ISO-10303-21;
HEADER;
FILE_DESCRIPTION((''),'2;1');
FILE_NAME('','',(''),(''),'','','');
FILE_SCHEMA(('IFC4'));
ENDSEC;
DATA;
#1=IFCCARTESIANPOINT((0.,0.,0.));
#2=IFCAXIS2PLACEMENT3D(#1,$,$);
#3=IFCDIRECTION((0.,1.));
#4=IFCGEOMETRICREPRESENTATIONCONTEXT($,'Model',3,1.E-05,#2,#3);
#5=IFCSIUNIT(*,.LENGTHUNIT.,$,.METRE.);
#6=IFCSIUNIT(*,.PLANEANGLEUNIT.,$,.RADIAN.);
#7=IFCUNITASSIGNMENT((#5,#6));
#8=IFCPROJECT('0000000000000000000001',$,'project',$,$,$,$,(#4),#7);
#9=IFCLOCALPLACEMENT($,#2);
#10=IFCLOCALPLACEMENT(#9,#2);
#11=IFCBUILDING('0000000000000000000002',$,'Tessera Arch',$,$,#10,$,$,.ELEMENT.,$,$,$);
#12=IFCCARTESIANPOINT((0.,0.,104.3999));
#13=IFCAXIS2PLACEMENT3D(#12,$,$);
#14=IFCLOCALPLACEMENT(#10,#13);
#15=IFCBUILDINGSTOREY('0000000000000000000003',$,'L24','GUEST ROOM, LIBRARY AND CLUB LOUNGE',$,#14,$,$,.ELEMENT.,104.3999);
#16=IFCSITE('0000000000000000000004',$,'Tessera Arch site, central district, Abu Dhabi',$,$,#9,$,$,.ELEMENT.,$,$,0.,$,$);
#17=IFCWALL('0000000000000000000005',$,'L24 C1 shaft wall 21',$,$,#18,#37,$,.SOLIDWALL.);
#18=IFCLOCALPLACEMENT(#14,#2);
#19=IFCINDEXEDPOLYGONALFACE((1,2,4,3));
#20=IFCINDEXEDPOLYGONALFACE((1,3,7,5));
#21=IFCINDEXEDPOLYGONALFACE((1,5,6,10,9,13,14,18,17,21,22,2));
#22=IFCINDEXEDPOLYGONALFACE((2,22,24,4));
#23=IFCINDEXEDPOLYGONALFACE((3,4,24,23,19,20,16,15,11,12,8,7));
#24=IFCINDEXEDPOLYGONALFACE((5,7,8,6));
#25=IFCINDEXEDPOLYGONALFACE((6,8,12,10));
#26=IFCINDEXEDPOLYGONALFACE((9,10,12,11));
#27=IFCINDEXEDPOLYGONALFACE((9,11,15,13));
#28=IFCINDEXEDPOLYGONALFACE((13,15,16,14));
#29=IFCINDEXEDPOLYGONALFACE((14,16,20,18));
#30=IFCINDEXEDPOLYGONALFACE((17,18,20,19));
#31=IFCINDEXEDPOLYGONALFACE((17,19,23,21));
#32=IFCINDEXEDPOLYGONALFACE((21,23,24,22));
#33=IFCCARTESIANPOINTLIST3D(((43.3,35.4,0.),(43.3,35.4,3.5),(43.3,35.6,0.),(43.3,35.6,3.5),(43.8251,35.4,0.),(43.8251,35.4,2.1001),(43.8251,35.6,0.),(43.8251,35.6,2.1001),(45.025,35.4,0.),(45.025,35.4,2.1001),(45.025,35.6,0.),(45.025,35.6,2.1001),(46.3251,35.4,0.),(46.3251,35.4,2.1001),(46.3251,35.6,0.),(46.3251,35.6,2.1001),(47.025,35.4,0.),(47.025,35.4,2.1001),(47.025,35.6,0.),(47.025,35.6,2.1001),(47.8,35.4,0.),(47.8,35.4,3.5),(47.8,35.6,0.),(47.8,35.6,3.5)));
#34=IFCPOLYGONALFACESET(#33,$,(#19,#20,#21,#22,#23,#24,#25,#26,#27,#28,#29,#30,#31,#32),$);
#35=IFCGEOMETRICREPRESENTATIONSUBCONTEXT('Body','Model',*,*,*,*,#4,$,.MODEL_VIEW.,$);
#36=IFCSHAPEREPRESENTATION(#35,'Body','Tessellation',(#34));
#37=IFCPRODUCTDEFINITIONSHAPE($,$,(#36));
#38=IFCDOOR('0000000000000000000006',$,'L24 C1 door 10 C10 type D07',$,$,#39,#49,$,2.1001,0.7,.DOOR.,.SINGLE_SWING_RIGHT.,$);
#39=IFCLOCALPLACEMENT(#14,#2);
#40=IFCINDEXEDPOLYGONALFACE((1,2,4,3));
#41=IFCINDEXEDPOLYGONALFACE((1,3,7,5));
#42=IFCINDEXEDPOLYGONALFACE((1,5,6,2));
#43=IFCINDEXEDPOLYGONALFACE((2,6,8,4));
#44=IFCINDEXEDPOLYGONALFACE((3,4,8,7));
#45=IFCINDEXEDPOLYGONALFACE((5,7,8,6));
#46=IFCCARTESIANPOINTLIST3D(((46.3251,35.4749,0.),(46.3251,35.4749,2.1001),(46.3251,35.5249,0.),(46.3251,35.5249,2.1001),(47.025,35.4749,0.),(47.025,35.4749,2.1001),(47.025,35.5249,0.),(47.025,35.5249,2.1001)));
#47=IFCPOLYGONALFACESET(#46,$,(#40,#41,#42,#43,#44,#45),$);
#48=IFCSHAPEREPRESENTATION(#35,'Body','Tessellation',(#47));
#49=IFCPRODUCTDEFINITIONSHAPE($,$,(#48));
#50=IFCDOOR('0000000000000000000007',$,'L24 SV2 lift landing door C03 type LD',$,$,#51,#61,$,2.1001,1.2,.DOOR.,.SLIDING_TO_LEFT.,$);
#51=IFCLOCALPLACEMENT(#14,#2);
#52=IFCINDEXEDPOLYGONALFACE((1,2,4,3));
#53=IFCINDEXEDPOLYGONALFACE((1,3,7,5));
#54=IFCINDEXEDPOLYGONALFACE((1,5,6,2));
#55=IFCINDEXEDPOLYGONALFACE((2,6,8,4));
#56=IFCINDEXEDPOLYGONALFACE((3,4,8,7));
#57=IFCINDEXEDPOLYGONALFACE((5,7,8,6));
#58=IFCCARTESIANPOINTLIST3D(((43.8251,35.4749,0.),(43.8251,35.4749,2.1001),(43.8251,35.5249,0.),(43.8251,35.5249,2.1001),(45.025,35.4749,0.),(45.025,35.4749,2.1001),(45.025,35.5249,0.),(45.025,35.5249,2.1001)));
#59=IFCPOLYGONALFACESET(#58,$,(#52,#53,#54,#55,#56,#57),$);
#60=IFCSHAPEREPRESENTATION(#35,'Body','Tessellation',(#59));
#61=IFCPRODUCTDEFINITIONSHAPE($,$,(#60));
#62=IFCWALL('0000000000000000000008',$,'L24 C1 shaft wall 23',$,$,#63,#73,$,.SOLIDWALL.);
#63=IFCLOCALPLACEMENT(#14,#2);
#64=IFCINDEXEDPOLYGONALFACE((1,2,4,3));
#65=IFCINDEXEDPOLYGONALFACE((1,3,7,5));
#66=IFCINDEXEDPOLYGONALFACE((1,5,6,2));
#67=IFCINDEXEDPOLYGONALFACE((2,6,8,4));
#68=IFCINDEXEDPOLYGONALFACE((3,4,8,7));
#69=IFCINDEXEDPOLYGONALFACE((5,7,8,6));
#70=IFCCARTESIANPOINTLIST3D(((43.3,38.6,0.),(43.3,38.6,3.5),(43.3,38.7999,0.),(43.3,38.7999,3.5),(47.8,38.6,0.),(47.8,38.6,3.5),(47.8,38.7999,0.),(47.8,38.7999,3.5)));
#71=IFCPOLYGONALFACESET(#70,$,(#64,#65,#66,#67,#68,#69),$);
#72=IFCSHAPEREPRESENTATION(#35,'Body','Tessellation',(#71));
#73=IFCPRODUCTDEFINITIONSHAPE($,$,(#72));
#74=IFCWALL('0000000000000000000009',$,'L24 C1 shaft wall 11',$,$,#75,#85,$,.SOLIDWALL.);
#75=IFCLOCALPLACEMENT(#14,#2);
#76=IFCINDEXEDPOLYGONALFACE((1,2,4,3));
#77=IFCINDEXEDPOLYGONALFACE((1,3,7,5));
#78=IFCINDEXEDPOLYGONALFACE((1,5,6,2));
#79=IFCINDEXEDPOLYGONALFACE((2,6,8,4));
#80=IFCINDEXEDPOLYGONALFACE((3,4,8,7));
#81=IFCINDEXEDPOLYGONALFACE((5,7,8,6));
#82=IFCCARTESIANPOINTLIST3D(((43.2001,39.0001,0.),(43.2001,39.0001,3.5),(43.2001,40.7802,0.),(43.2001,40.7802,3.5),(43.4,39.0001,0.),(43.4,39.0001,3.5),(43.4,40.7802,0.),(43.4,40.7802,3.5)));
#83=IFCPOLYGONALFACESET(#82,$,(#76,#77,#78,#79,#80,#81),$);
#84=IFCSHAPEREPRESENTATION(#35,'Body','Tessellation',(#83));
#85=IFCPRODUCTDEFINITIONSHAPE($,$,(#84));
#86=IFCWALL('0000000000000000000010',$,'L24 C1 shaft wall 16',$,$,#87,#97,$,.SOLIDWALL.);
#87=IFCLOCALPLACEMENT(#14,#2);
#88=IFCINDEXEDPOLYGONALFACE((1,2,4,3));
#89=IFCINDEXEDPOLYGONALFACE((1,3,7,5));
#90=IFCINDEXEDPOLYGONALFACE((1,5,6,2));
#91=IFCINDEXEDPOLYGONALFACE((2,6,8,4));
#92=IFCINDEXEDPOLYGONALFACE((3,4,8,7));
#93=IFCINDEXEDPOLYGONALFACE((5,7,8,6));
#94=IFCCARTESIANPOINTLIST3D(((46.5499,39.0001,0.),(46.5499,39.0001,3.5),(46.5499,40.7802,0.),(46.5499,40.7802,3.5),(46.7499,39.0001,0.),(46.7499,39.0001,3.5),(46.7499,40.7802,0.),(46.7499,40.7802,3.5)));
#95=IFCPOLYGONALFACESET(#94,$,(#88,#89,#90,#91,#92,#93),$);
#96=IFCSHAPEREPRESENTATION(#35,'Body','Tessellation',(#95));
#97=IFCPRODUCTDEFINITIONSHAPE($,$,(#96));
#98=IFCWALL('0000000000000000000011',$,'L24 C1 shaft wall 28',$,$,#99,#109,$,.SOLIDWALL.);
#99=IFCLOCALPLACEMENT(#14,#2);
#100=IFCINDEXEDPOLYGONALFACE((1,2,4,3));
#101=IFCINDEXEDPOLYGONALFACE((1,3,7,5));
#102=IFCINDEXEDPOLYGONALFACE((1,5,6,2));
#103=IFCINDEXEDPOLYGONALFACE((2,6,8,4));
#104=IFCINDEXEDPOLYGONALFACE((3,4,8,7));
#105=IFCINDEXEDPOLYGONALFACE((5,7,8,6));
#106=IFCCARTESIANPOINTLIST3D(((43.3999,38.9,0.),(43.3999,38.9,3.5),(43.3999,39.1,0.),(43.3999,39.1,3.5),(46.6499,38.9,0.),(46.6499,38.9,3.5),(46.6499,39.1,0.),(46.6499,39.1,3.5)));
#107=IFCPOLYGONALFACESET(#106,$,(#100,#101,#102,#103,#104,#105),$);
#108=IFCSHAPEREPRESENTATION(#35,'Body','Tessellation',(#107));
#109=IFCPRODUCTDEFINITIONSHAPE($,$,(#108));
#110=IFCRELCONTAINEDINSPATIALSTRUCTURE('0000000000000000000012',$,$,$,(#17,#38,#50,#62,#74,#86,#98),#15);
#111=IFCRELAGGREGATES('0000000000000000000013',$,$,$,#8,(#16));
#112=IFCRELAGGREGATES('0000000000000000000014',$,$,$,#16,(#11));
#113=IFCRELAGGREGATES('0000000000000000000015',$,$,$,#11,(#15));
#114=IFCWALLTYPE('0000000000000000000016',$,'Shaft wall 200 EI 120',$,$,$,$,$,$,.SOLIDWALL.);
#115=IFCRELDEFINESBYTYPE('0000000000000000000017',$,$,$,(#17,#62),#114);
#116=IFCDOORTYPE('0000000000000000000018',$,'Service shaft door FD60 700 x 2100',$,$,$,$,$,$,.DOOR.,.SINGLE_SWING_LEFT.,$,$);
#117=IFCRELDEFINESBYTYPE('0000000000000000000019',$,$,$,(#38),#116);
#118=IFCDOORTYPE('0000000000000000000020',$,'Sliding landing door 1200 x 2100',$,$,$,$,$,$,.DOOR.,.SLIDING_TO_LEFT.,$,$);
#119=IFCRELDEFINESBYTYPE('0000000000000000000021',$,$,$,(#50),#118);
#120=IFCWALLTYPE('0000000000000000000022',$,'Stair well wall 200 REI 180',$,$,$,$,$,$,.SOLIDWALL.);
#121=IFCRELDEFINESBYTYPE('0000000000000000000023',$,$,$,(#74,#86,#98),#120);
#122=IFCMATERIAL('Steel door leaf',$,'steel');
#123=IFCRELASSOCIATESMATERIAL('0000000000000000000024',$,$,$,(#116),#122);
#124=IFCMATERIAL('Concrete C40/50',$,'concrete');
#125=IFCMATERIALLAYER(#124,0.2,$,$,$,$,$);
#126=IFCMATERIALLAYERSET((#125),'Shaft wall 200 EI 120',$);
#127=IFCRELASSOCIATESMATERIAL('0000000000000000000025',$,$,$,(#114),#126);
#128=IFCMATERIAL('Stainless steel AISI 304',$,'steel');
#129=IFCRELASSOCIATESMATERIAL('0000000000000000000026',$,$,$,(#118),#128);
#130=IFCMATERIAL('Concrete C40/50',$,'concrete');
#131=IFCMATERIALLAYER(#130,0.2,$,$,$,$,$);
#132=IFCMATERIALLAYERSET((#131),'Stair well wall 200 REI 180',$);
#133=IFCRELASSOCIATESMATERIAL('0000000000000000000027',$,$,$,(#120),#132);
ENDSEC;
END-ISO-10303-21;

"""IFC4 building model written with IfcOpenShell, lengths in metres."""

from ifc_helpers import new_model, si_unit, direction, frame, frame_2d, origin, place, context, subcontext, project, spatial, rectangle, extrude, material, layer, layer_set, type_object, element, fill, save


model = new_model("IFC4")

# Units and contexts
model_context = context("Model", 3, precision=1e-05, world=origin(), true_north=direction((0.0, 1.0)))
body_context = subcontext(model_context, "Body", "Model", "MODEL_VIEW")
ifc_project = project(units=[si_unit("LENGTHUNIT", "METRE"), si_unit("PLANEANGLEUNIT", "RADIAN")], contexts=[model_context])

# Site, building, storey
site_placement = place(None, origin())
site = spatial("IfcSite", under=ifc_project, at=site_placement, Name="Tessera Arch site, central district, Abu Dhabi", CompositionType="ELEMENT", RefElevation=0.0)
building_placement = place(site_placement, origin())
building = spatial("IfcBuilding", under=site, at=building_placement, Name="Tessera Arch", CompositionType="ELEMENT")
storey_placement = place(building_placement, frame((0.0, 0.0, 104.3999)))
storey = spatial("IfcBuildingStorey", under=building, at=storey_placement, Name="L24", Description="GUEST ROOM, LIBRARY AND CLUB LOUNGE", CompositionType="ELEMENT", Elevation=104.3999)

# Shared definitions
ifc_material_1 = material(Name="Steel door leaf", Category="steel")
door_type_1 = type_object("IfcDoorType", Name="Service shaft door FD60 700 x 2100", OperationType="SINGLE_SWING_LEFT", PredefinedType="DOOR", material=ifc_material_1)

# Shared definitions
ifc_material_2 = material(Name="Concrete C40/50", Category="concrete")
ifc_layer_1 = layer(ifc_material_2, 0.2)
ifc_layer_set_1 = layer_set([ifc_layer_1], Name="Shaft wall 200 EI 120")
wall_type_1 = type_object("IfcWallType", Name="Shaft wall 200 EI 120", PredefinedType="SOLIDWALL", material=ifc_layer_set_1)

# Wall, openings, doors
wall_1_placement = place(storey_placement, frame((43.3, 35.5, 0.0), z_axis=(0.0, 0.0, 1.0), x_axis=(1.0, 0.0, 0.0)))
wall_1 = element("IfcWall", 1, at=wall_1_placement, inside=storey, type_object=wall_type_1, Name="L24 C1 shaft wall 21", PredefinedType="SOLIDWALL", context=body_context, shape_type="SweptSolid", body=[
    extrude(rectangle(XDim=4.5, YDim=0.2, at=frame_2d((2.25, 0.0))), origin(), (0.0, 0.0, 1.0), 3.5),
])
opening_1_placement = place(wall_1_placement, frame((0.5249, 0.0, 0.0)))
opening_1 = element("IfcOpeningElement", 2, at=opening_1_placement, cuts=wall_1, PredefinedType="OPENING", context=body_context, shape_type="SweptSolid", body=[
    extrude(rectangle(XDim=1.2, YDim=2.1001, at=frame_2d((0.6001, 1.05))), frame((0.0, 0.1099, 0.0), z_axis=(0.0, -1.0, 0.0), x_axis=(1.0, 0.0, 0.0)), (0.0, 0.0, 1.0), 0.22),
])
opening_2_placement = place(wall_1_placement, frame((3.0249, 0.0, 0.0)))
opening_2 = element("IfcOpeningElement", 3, at=opening_2_placement, cuts=wall_1, PredefinedType="OPENING", context=body_context, shape_type="SweptSolid", body=[
    extrude(rectangle(XDim=0.7, YDim=2.1001, at=frame_2d((0.3501, 1.05))), frame((0.0, 0.1099, 0.0), z_axis=(0.0, -1.0, 0.0), x_axis=(1.0, 0.0, 0.0)), (0.0, 0.0, 1.0), 0.22),
])
door_1_placement = place(opening_2_placement, origin())
door_1 = element("IfcDoor", 4, at=door_1_placement, inside=storey, type_object=door_type_1, Name="L24 C1 door 10 C10 type D07", OperationType="SINGLE_SWING_RIGHT", OverallHeight=2.1001, OverallWidth=0.7, PredefinedType="DOOR", context=body_context, shape_type="SweptSolid", body=[
    extrude(rectangle(XDim=0.7, YDim=2.1001, at=frame_2d((0.3501, 1.05))), frame((0.0, 0.0249, 0.0), z_axis=(0.0, -1.0, 0.0), x_axis=(1.0, 0.0, 0.0)), (0.0, 0.0, 1.0), 0.05),
])
fill(opening_2, door_1)
ifc_material_3 = material(Name="Stainless steel AISI 304", Category="steel")
door_type_2 = type_object("IfcDoorType", Name="Sliding landing door 1200 x 2100", OperationType="SLIDING_TO_LEFT", PredefinedType="DOOR", material=ifc_material_3)
door_2_placement = place(opening_1_placement, origin())
door_2 = element("IfcDoor", 5, at=door_2_placement, inside=storey, type_object=door_type_2, Name="L24 SV2 lift landing door C03 type LD", OperationType="SLIDING_TO_LEFT", OverallHeight=2.1001, OverallWidth=1.2, PredefinedType="DOOR", context=body_context, shape_type="SweptSolid", body=[
    extrude(rectangle(XDim=1.2, YDim=2.1001, at=frame_2d((0.6001, 1.05))), frame((0.0, 0.0249, 0.0), z_axis=(0.0, -1.0, 0.0), x_axis=(1.0, 0.0, 0.0)), (0.0, 0.0, 1.0), 0.05),
])
fill(opening_1, door_2)

# Walls
wall_2_placement = place(storey_placement, frame((43.3, 38.7, 0.0), z_axis=(0.0, 0.0, 1.0), x_axis=(1.0, 0.0, 0.0)))
element("IfcWall", 6, at=wall_2_placement, inside=storey, type_object=wall_type_1, Name="L24 C1 shaft wall 23", PredefinedType="SOLIDWALL", context=body_context, shape_type="SweptSolid", body=[
    extrude(rectangle(XDim=4.5, YDim=0.2, at=frame_2d((2.25, 0.0))), origin(), (0.0, 0.0, 1.0), 3.5),
])
ifc_material_4 = material(Name="Concrete C40/50", Category="concrete")
ifc_layer_2 = layer(ifc_material_4, 0.2)
ifc_layer_set_2 = layer_set([ifc_layer_2], Name="Stair well wall 200 REI 180")
wall_type_2 = type_object("IfcWallType", Name="Stair well wall 200 REI 180", PredefinedType="SOLIDWALL", material=ifc_layer_set_2)
for number, where, z_axis, x_axis, name in (
    (7, (43.3, 39.0, 0.0), (0.0, 0.0, 1.0), (0.0, 1.0, 0.0), "L24 C1 shaft wall 11"),
    (8, (46.6499, 39.0, 0.0), (0.0, 0.0, 1.0), (0.0, 1.0, 0.0), "L24 C1 shaft wall 16"),
):
    element("IfcWall", number, at=place(storey_placement, frame(where, z_axis=z_axis, x_axis=x_axis)), inside=storey, type_object=wall_type_2, Name=name, PredefinedType="SOLIDWALL", context=body_context, shape_type="SweptSolid", body=[
        extrude(rectangle(XDim=1.78, YDim=0.2, at=frame_2d((0.8901, 0.0))), origin(), (0.0, 0.0, 1.0), 3.5),
    ])
wall_3_placement = place(storey_placement, frame((43.3999, 39.0, 0.0), z_axis=(0.0, 0.0, 1.0), x_axis=(1.0, 0.0, 0.0)))
element("IfcWall", 9, at=wall_3_placement, inside=storey, type_object=wall_type_2, Name="L24 C1 shaft wall 28", PredefinedType="SOLIDWALL", context=body_context, shape_type="SweptSolid", body=[
    extrude(rectangle(XDim=3.25, YDim=0.2, at=frame_2d((1.625, 0.0))), origin(), (0.0, 0.0, 1.0), 3.5),
])

save(model, "model.ifc")
